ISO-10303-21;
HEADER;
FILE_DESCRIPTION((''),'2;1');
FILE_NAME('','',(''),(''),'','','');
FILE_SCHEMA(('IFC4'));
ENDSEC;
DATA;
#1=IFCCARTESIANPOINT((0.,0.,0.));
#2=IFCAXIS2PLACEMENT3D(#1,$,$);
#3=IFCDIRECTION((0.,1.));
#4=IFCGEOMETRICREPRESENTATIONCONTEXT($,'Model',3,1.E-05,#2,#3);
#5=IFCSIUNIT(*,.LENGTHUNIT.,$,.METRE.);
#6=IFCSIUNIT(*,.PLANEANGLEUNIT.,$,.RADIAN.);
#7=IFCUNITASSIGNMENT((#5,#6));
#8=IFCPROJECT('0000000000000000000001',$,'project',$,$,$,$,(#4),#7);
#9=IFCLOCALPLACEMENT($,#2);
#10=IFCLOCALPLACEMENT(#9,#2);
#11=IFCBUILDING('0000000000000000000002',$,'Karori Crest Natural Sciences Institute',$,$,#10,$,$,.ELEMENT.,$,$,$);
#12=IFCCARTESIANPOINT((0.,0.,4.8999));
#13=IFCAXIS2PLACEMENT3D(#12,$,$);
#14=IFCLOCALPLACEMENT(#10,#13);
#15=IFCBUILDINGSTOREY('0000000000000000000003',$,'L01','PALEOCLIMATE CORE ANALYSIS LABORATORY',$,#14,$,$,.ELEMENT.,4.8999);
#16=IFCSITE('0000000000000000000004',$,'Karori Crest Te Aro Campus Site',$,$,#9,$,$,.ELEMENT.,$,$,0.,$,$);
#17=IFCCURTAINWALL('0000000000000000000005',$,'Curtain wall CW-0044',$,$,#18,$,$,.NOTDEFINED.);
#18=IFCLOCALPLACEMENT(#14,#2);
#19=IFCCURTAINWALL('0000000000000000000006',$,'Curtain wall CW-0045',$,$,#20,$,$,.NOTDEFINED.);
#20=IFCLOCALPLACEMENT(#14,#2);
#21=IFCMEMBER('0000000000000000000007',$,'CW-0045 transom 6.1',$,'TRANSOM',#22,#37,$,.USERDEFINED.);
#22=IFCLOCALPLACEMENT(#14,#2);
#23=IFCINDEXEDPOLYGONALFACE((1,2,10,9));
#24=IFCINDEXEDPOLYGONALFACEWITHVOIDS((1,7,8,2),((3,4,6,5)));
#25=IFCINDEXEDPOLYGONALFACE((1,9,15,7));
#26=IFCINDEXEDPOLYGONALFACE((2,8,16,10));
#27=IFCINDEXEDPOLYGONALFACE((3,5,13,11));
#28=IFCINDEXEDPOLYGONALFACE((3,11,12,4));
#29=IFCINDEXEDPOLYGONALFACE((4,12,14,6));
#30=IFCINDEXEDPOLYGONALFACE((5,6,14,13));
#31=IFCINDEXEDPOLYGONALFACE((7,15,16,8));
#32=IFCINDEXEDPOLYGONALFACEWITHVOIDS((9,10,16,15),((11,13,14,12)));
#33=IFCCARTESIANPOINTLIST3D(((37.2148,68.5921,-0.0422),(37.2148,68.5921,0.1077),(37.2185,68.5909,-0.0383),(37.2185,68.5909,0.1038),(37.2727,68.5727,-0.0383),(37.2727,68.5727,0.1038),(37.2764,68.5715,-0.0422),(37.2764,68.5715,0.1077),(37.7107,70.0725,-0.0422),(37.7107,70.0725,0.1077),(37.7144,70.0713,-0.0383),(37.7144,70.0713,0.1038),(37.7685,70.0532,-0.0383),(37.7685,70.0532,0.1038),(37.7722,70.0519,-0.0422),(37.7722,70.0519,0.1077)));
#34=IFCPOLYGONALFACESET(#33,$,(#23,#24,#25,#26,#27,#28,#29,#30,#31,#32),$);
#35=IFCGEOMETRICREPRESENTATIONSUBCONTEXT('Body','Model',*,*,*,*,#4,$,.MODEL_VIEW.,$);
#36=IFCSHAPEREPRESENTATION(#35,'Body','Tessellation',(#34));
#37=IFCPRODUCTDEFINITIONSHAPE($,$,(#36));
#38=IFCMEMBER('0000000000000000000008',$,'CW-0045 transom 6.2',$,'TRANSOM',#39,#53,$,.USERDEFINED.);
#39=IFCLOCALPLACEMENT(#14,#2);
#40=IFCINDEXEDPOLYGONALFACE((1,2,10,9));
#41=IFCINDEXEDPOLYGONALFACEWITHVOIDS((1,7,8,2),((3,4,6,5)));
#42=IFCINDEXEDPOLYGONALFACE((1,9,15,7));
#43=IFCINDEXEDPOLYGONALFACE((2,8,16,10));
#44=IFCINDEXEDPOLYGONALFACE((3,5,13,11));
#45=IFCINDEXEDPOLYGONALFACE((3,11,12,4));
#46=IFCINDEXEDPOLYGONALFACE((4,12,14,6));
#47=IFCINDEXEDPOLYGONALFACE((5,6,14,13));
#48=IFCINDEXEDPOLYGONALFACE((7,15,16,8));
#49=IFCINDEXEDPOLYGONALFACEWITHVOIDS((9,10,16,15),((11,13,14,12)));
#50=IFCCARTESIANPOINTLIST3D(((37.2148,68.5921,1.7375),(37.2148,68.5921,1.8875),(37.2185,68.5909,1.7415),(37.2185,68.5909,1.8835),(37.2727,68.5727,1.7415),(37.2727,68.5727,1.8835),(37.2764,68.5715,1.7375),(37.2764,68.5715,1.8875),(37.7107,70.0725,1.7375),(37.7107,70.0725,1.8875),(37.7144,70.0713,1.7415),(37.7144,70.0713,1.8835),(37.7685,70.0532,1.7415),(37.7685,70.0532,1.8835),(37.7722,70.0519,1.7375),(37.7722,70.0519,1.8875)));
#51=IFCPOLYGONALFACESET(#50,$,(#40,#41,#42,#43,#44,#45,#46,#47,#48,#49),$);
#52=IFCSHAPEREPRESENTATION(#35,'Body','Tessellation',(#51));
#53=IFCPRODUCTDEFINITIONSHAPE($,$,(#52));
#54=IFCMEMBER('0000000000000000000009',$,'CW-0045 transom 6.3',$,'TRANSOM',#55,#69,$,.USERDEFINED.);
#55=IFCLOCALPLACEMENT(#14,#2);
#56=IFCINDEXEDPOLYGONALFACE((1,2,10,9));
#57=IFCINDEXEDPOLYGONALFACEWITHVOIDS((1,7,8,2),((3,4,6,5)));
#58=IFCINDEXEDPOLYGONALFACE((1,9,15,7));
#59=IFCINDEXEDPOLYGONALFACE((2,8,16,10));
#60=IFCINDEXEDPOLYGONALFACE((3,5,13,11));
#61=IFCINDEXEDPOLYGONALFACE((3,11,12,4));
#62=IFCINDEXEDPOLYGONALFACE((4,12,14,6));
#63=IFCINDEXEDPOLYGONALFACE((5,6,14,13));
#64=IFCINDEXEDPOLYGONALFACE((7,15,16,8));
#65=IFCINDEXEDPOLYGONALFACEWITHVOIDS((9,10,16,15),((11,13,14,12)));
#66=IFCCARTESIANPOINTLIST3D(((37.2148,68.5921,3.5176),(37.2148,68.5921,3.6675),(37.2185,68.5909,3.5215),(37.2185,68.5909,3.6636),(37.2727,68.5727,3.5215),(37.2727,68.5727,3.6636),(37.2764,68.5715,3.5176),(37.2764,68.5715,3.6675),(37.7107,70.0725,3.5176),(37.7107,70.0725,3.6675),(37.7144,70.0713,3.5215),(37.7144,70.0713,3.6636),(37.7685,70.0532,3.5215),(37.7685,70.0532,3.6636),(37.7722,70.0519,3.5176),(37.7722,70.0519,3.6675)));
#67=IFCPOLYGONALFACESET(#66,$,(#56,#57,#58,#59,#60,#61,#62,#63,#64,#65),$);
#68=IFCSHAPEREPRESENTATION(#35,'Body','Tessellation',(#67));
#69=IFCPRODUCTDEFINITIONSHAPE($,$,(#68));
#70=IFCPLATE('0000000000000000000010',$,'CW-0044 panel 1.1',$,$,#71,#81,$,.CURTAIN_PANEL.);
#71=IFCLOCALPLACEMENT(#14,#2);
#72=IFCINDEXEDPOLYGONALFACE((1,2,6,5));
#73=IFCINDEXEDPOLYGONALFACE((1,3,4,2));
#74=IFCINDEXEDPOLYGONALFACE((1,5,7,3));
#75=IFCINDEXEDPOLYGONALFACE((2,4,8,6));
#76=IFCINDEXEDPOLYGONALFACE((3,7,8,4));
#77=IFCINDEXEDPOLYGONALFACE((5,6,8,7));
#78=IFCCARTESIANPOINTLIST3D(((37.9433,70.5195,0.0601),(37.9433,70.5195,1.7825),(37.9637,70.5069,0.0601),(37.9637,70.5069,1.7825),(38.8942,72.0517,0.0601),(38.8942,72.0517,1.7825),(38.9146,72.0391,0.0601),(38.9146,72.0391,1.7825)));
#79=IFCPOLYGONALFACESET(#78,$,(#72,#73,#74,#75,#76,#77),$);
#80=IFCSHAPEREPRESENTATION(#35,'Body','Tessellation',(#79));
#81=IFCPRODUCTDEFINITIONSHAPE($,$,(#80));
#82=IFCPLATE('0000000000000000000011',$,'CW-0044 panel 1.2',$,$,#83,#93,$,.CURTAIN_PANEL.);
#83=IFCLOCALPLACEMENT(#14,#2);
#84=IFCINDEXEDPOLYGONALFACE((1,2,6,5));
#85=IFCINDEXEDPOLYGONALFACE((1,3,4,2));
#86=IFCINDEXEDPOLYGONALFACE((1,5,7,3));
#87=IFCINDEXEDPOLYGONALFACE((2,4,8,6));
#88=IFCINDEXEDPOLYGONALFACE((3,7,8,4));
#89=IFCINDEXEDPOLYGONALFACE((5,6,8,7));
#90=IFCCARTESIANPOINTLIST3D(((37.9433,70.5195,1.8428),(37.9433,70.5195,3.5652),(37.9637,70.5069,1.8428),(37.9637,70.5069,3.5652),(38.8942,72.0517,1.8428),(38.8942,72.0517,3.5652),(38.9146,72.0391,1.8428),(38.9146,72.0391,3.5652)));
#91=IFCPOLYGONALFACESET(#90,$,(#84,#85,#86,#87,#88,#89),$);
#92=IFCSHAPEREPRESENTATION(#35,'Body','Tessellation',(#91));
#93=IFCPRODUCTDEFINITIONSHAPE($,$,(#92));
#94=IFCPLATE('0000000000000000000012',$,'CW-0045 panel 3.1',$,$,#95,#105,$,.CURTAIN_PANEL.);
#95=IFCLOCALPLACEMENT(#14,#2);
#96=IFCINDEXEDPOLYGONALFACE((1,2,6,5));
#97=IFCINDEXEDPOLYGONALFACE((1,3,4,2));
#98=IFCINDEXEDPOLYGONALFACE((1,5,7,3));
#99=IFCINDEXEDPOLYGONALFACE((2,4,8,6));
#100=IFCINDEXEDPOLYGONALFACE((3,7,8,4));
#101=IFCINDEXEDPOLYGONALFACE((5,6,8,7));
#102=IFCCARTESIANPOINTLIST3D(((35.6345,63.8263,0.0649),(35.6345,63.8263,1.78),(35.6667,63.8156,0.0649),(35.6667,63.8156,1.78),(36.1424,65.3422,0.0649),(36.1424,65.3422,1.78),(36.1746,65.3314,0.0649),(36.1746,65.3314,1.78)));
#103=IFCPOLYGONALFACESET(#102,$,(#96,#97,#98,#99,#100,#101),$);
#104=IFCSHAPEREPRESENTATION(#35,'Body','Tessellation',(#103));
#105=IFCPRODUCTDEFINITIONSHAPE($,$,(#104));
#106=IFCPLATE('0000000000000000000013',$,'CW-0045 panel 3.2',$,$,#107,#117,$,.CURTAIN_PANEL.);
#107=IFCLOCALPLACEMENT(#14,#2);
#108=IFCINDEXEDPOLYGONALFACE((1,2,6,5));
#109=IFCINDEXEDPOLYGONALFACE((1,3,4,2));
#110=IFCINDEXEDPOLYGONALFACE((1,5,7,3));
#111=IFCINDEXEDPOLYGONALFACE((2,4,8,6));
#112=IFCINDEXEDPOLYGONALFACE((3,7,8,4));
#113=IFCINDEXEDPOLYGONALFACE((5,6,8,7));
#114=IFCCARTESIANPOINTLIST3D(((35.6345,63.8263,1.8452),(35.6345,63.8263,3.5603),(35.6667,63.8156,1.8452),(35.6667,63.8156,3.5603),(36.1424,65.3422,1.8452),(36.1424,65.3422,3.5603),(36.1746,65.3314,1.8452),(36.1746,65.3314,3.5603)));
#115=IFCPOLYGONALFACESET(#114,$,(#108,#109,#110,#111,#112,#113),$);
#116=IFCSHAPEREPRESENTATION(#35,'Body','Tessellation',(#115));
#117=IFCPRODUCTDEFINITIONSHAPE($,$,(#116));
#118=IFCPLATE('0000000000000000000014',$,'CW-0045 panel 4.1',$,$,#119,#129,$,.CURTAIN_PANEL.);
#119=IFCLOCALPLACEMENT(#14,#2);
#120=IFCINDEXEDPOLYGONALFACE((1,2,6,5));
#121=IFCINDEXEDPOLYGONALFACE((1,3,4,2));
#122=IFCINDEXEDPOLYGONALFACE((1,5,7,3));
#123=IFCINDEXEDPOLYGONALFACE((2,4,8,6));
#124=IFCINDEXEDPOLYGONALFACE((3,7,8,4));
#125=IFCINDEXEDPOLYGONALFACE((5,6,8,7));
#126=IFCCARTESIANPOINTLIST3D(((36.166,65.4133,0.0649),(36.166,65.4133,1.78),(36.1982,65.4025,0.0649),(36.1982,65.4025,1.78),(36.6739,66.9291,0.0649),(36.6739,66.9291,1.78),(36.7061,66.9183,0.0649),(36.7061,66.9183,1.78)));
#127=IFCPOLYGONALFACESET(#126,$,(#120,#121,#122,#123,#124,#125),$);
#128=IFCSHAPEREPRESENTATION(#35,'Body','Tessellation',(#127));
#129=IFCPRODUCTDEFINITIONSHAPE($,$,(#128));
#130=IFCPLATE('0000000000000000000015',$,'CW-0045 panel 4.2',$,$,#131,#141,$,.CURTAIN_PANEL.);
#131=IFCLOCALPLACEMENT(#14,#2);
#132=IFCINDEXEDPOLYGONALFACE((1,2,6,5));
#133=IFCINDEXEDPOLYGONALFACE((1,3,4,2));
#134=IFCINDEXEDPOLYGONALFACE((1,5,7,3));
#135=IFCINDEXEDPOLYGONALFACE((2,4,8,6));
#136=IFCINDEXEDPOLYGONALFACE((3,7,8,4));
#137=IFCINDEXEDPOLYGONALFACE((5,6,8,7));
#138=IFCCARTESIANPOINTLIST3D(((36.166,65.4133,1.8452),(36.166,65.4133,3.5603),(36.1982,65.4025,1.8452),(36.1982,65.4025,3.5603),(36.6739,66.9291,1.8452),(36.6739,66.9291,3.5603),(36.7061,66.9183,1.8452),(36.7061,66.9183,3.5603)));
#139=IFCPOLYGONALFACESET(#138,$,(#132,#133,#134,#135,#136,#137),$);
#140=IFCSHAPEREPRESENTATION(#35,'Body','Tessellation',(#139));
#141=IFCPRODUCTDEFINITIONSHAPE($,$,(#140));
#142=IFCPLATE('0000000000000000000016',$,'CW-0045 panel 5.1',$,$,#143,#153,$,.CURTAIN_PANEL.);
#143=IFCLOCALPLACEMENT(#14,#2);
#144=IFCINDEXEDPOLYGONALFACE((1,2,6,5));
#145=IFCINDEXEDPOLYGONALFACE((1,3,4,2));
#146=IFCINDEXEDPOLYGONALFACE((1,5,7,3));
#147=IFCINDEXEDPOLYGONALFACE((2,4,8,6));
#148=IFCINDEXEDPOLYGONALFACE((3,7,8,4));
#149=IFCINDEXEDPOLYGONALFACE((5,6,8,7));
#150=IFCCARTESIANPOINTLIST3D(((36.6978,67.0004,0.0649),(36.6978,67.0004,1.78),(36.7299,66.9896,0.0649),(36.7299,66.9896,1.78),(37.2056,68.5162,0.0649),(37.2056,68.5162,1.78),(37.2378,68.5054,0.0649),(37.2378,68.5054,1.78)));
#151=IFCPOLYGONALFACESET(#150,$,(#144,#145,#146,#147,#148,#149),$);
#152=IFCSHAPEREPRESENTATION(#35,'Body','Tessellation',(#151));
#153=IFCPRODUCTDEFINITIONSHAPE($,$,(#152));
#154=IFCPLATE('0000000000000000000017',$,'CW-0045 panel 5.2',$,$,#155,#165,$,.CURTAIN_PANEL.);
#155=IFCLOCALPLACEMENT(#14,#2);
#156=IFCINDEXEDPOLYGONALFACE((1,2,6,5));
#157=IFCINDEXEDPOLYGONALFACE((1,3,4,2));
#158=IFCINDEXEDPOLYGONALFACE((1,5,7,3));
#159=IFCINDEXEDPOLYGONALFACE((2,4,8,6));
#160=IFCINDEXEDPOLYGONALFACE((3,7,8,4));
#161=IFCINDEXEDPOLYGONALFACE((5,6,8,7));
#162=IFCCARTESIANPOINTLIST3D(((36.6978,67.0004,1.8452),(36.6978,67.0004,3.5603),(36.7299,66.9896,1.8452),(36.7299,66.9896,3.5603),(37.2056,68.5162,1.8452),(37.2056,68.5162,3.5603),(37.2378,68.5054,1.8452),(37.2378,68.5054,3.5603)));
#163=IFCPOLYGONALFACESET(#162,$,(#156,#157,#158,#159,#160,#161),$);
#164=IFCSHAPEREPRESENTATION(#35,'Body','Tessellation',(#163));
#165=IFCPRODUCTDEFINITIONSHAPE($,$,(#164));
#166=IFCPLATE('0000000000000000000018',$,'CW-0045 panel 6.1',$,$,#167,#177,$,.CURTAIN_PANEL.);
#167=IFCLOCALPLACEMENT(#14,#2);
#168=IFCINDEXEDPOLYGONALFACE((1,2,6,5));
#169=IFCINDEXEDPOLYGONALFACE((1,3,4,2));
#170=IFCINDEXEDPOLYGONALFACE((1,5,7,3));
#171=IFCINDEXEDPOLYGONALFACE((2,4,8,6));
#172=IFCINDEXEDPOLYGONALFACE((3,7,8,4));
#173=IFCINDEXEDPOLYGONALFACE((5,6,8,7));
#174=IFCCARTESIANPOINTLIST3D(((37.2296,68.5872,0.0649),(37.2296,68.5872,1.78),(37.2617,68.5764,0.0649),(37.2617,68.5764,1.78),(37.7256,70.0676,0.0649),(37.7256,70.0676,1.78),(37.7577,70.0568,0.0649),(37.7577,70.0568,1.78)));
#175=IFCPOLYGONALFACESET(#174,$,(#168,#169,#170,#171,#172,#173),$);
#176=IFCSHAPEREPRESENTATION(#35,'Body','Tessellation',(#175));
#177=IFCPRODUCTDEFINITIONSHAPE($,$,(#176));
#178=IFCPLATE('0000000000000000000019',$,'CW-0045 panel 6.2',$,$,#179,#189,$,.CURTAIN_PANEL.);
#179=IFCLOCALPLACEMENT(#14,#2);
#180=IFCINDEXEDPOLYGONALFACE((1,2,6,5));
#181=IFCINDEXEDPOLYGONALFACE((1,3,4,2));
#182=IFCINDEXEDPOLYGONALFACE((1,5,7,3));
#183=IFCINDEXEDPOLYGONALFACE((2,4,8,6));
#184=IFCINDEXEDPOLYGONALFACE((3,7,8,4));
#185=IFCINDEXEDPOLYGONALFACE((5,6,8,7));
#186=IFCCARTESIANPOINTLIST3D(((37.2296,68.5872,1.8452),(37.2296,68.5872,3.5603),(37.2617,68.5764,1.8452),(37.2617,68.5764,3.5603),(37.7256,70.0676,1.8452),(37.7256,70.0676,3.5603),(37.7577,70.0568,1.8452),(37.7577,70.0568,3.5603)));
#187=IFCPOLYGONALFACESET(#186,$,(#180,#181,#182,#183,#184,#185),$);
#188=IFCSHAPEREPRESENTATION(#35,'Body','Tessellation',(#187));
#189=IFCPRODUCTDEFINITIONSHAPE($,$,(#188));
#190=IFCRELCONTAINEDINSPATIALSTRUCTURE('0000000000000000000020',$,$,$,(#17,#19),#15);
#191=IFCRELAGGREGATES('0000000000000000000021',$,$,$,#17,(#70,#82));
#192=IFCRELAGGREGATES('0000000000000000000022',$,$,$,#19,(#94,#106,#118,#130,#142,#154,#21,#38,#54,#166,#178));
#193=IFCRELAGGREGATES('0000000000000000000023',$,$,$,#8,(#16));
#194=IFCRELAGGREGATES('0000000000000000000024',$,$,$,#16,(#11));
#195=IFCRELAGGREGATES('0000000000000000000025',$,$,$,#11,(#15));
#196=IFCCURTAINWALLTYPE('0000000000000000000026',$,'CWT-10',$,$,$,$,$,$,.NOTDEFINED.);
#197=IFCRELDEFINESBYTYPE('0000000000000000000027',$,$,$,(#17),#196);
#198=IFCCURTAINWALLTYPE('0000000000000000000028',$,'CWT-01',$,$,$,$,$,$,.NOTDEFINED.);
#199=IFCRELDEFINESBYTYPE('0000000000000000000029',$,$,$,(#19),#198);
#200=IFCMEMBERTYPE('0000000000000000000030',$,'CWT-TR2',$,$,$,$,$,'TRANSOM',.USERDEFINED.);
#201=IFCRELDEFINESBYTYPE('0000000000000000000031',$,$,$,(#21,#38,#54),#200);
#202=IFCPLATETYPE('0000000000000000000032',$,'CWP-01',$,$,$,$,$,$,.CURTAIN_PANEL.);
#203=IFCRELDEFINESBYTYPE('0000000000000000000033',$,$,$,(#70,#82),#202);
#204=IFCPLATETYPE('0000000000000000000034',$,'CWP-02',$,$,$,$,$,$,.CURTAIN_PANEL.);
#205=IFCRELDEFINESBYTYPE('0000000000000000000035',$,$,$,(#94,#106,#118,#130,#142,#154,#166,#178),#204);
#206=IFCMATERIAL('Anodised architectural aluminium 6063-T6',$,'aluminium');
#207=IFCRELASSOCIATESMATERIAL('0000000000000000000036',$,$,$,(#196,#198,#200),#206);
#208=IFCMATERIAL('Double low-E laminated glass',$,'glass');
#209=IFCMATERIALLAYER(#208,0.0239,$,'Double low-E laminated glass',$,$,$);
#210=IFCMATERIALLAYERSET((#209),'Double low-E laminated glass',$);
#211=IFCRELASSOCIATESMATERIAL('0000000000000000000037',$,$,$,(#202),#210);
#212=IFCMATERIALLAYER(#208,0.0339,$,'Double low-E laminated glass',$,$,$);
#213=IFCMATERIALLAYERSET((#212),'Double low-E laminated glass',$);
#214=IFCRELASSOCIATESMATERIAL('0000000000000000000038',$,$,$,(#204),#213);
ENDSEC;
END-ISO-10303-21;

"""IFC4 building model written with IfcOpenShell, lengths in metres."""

from ifc_helpers import new_model, si_unit, direction, frame, origin, origin_2d, place, context, subcontext, project, spatial, rectangle, hollow_rectangle, extrude, material, layer, layer_set, material_profile, profile_set, type_object, element, aggregate, save


model = new_model("IFC4")

# Units and contexts
model_context = context("Model", 3, precision=1e-05, world=origin(), true_north=direction((0.0, 1.0)))
body_context = subcontext(model_context, "Body", "Model", "MODEL_VIEW")
ifc_project = project(units=[si_unit("LENGTHUNIT", "METRE"), si_unit("PLANEANGLEUNIT", "RADIAN")], contexts=[model_context])

# Site, building, storey
site_placement = place(None, origin())
site = spatial("IfcSite", under=ifc_project, at=site_placement, Name="Karori Crest Te Aro Campus Site", CompositionType="ELEMENT", RefElevation=0.0)
building_placement = place(site_placement, origin())
building = spatial("IfcBuilding", under=site, at=building_placement, Name="Karori Crest Natural Sciences Institute", CompositionType="ELEMENT")
storey_placement = place(building_placement, frame((0.0, 0.0, 4.8999)))
storey = spatial("IfcBuildingStorey", under=building, at=storey_placement, Name="L01", Description="PALEOCLIMATE CORE ANALYSIS LABORATORY", CompositionType="ELEMENT", Elevation=4.8999)

# Curtain walls
ifc_material_1 = material(Name="Anodised architectural aluminium 6063-T6", Category="aluminium")
curtain_wall_type_1 = type_object("IfcCurtainWallType", Name="CWT-10", PredefinedType="NOTDEFINED", material=ifc_material_1)
curtain_wall_1_placement = place(storey_placement, origin())
curtain_wall_1 = element("IfcCurtainWall", 1, at=curtain_wall_1_placement, inside=storey, type_object=curtain_wall_type_1, Name="Curtain wall CW-0044", PredefinedType="NOTDEFINED")
curtain_wall_type_2 = type_object("IfcCurtainWallType", Name="CWT-01", PredefinedType="NOTDEFINED", material=ifc_material_1)
curtain_wall_2_placement = place(storey_placement, origin())
curtain_wall_2 = element("IfcCurtainWall", 2, at=curtain_wall_2_placement, inside=storey, type_object=curtain_wall_type_2, Name="Curtain wall CW-0045", PredefinedType="NOTDEFINED")

# Members
ifc_material_profile_1 = material_profile(ifc_material_1, hollow_rectangle(XDim=0.0649, YDim=0.1499, WallThickness=0.0039, at=origin_2d()), Name="CWT150x65x4")
ifc_profile_set_1 = profile_set([ifc_material_profile_1], Name="Anodised architectural aluminium 6063-T6")
member_type_1 = type_object("IfcMemberType", Name="CWT-TR2", ElementType="TRANSOM", PredefinedType="USERDEFINED", material=ifc_profile_set_1)
member_1_placement = place(storey_placement, frame((37.2456, 68.5818, 0.0327), z_axis=(0.317588, 0.948229, 0.0), x_axis=(-0.948229, 0.317588, 0.0)))
member_1 = element("IfcMember", 3, at=member_1_placement, type_object=member_type_1, Name="CW-0045 transom 6.1", ObjectType="TRANSOM", PredefinedType="USERDEFINED", context=body_context, shape_type="SweptSolid", body=[
    extrude(hollow_rectangle(XDim=0.0649, YDim=0.1499, WallThickness=0.0039, at=origin_2d()), origin(), (0.0, 0.0, 1.0), 1.5613),
])
member_2_placement = place(storey_placement, frame((37.2456, 68.5818, 1.8125), z_axis=(0.317588, 0.948229, 0.0), x_axis=(-0.948229, 0.317588, 0.0)))
member_2 = element("IfcMember", 4, at=member_2_placement, type_object=member_type_1, Name="CW-0045 transom 6.2", ObjectType="TRANSOM", PredefinedType="USERDEFINED", context=body_context, shape_type="SweptSolid", body=[
    extrude(hollow_rectangle(XDim=0.0649, YDim=0.1499, WallThickness=0.0039, at=origin_2d()), origin(), (0.0, 0.0, 1.0), 1.5613),
])
member_3_placement = place(storey_placement, frame((37.2456, 68.5818, 3.5925), z_axis=(0.317588, 0.948229, 0.0), x_axis=(-0.948229, 0.317588, 0.0)))
member_3 = element("IfcMember", 5, at=member_3_placement, type_object=member_type_1, Name="CW-0045 transom 6.3", ObjectType="TRANSOM", PredefinedType="USERDEFINED", context=body_context, shape_type="SweptSolid", body=[
    extrude(hollow_rectangle(XDim=0.0649, YDim=0.1499, WallThickness=0.0039, at=origin_2d()), origin(), (0.0, 0.0, 1.0), 1.5613),
])

# Plates
ifc_material_2 = material(Name="Double low-E laminated glass", Category="glass")
ifc_layer_1 = layer(ifc_material_2, 0.0239, Name="Double low-E laminated glass")
ifc_layer_set_1 = layer_set([ifc_layer_1], Name="Double low-E laminated glass")
plate_type_1 = type_object("IfcPlateType", Name="CWP-01", PredefinedType="CURTAIN_PANEL", material=ifc_layer_set_1)
plate_1_placement = place(storey_placement, frame((38.429, 71.2793, 0.0601), z_axis=(0.0, 0.0, 1.0), x_axis=(0.527328, 0.849662, 0.0)))
plate_1 = element("IfcPlate", 6, at=plate_1_placement, type_object=plate_type_1, Name="CW-0044 panel 1.1", PredefinedType="CURTAIN_PANEL", context=body_context, shape_type="SweptSolid", body=[
    extrude(rectangle(XDim=1.8032, YDim=0.0239, at=origin_2d()), origin(), (0.0, 0.0, 1.0), 1.7224),
])
plate_2_placement = place(storey_placement, frame((38.429, 71.2793, 1.8428), z_axis=(0.0, 0.0, 1.0), x_axis=(0.527328, 0.849662, 0.0)))
plate_2 = element("IfcPlate", 7, at=plate_2_placement, type_object=plate_type_1, Name="CW-0044 panel 1.2", PredefinedType="CURTAIN_PANEL", context=body_context, shape_type="SweptSolid", body=[
    extrude(rectangle(XDim=1.8032, YDim=0.0239, at=origin_2d()), origin(), (0.0, 0.0, 1.0), 1.7224),
])
aggregate(curtain_wall_1, [plate_1, plate_2])
ifc_layer_2 = layer(ifc_material_2, 0.0339, Name="Double low-E laminated glass")
ifc_layer_set_2 = layer_set([ifc_layer_2], Name="Double low-E laminated glass")
plate_type_2 = type_object("IfcPlateType", Name="CWP-02", PredefinedType="CURTAIN_PANEL", material=ifc_layer_set_2)
plate_3_placement = place(storey_placement, frame((35.9045, 64.5789, 0.0649), z_axis=(0.0, 0.0, 1.0), x_axis=(0.317685, 0.948196, 0.0)))
plate_3 = element("IfcPlate", 8, at=plate_3_placement, type_object=plate_type_2, Name="CW-0045 panel 3.1", PredefinedType="CURTAIN_PANEL", context=body_context, shape_type="SweptSolid", body=[
    extrude(rectangle(XDim=1.5986, YDim=0.0339, at=origin_2d()), origin(), (0.0, 0.0, 1.0), 1.7151),
])
plate_4_placement = place(storey_placement, frame((35.9045, 64.5789, 1.8452), z_axis=(0.0, 0.0, 1.0), x_axis=(0.317685, 0.948196, 0.0)))
plate_4 = element("IfcPlate", 9, at=plate_4_placement, type_object=plate_type_2, Name="CW-0045 panel 3.2", PredefinedType="CURTAIN_PANEL", context=body_context, shape_type="SweptSolid", body=[
    extrude(rectangle(XDim=1.5986, YDim=0.0339, at=origin_2d()), origin(), (0.0, 0.0, 1.0), 1.7151),
])
plate_5_placement = place(storey_placement, frame((36.436, 66.1658, 0.0649), z_axis=(0.0, 0.0, 1.0), x_axis=(0.317685, 0.948196, 0.0)))
plate_5 = element("IfcPlate", 10, at=plate_5_placement, type_object=plate_type_2, Name="CW-0045 panel 4.1", PredefinedType="CURTAIN_PANEL", context=body_context, shape_type="SweptSolid", body=[
    extrude(rectangle(XDim=1.5986, YDim=0.0339, at=origin_2d()), origin(), (0.0, 0.0, 1.0), 1.7151),
])
plate_6_placement = place(storey_placement, frame((36.436, 66.1658, 1.8452), z_axis=(0.0, 0.0, 1.0), x_axis=(0.317685, 0.948196, 0.0)))
plate_6 = element("IfcPlate", 11, at=plate_6_placement, type_object=plate_type_2, Name="CW-0045 panel 4.2", PredefinedType="CURTAIN_PANEL", context=body_context, shape_type="SweptSolid", body=[
    extrude(rectangle(XDim=1.5986, YDim=0.0339, at=origin_2d()), origin(), (0.0, 0.0, 1.0), 1.7151),
])
plate_7_placement = place(storey_placement, frame((36.9678, 67.7529, 0.0649), z_axis=(0.0, 0.0, 1.0), x_axis=(0.317685, 0.948196, 0.0)))
plate_7 = element("IfcPlate", 12, at=plate_7_placement, type_object=plate_type_2, Name="CW-0045 panel 5.1", PredefinedType="CURTAIN_PANEL", context=body_context, shape_type="SweptSolid", body=[
    extrude(rectangle(XDim=1.5986, YDim=0.0339, at=origin_2d()), origin(), (0.0, 0.0, 1.0), 1.7151),
])
plate_8_placement = place(storey_placement, frame((36.9678, 67.7529, 1.8452), z_axis=(0.0, 0.0, 1.0), x_axis=(0.317685, 0.948196, 0.0)))
plate_8 = element("IfcPlate", 13, at=plate_8_placement, type_object=plate_type_2, Name="CW-0045 panel 5.2", PredefinedType="CURTAIN_PANEL", context=body_context, shape_type="SweptSolid", body=[
    extrude(rectangle(XDim=1.5986, YDim=0.0339, at=origin_2d()), origin(), (0.0, 0.0, 1.0), 1.7151),
])
plate_9_placement = place(storey_placement, frame((37.4937, 69.322, 0.0649), z_axis=(0.0, 0.0, 1.0), x_axis=(0.317685, 0.948196, 0.0)))
plate_9 = element("IfcPlate", 14, at=plate_9_placement, type_object=plate_type_2, Name="CW-0045 panel 6.1", PredefinedType="CURTAIN_PANEL", context=body_context, shape_type="SweptSolid", body=[
    extrude(rectangle(XDim=1.5613, YDim=0.0339, at=origin_2d()), origin(), (0.0, 0.0, 1.0), 1.7151),
])
plate_10_placement = place(storey_placement, frame((37.4937, 69.322, 1.8452), z_axis=(0.0, 0.0, 1.0), x_axis=(0.317685, 0.948196, 0.0)))
plate_10 = element("IfcPlate", 15, at=plate_10_placement, type_object=plate_type_2, Name="CW-0045 panel 6.2", PredefinedType="CURTAIN_PANEL", context=body_context, shape_type="SweptSolid", body=[
    extrude(rectangle(XDim=1.5613, YDim=0.0339, at=origin_2d()), origin(), (0.0, 0.0, 1.0), 1.7151),
])
aggregate(curtain_wall_2, [plate_3, plate_4, plate_5, plate_6, plate_7, plate_8, member_1, member_2, member_3, plate_9, plate_10])

save(model, "model.ifc")
